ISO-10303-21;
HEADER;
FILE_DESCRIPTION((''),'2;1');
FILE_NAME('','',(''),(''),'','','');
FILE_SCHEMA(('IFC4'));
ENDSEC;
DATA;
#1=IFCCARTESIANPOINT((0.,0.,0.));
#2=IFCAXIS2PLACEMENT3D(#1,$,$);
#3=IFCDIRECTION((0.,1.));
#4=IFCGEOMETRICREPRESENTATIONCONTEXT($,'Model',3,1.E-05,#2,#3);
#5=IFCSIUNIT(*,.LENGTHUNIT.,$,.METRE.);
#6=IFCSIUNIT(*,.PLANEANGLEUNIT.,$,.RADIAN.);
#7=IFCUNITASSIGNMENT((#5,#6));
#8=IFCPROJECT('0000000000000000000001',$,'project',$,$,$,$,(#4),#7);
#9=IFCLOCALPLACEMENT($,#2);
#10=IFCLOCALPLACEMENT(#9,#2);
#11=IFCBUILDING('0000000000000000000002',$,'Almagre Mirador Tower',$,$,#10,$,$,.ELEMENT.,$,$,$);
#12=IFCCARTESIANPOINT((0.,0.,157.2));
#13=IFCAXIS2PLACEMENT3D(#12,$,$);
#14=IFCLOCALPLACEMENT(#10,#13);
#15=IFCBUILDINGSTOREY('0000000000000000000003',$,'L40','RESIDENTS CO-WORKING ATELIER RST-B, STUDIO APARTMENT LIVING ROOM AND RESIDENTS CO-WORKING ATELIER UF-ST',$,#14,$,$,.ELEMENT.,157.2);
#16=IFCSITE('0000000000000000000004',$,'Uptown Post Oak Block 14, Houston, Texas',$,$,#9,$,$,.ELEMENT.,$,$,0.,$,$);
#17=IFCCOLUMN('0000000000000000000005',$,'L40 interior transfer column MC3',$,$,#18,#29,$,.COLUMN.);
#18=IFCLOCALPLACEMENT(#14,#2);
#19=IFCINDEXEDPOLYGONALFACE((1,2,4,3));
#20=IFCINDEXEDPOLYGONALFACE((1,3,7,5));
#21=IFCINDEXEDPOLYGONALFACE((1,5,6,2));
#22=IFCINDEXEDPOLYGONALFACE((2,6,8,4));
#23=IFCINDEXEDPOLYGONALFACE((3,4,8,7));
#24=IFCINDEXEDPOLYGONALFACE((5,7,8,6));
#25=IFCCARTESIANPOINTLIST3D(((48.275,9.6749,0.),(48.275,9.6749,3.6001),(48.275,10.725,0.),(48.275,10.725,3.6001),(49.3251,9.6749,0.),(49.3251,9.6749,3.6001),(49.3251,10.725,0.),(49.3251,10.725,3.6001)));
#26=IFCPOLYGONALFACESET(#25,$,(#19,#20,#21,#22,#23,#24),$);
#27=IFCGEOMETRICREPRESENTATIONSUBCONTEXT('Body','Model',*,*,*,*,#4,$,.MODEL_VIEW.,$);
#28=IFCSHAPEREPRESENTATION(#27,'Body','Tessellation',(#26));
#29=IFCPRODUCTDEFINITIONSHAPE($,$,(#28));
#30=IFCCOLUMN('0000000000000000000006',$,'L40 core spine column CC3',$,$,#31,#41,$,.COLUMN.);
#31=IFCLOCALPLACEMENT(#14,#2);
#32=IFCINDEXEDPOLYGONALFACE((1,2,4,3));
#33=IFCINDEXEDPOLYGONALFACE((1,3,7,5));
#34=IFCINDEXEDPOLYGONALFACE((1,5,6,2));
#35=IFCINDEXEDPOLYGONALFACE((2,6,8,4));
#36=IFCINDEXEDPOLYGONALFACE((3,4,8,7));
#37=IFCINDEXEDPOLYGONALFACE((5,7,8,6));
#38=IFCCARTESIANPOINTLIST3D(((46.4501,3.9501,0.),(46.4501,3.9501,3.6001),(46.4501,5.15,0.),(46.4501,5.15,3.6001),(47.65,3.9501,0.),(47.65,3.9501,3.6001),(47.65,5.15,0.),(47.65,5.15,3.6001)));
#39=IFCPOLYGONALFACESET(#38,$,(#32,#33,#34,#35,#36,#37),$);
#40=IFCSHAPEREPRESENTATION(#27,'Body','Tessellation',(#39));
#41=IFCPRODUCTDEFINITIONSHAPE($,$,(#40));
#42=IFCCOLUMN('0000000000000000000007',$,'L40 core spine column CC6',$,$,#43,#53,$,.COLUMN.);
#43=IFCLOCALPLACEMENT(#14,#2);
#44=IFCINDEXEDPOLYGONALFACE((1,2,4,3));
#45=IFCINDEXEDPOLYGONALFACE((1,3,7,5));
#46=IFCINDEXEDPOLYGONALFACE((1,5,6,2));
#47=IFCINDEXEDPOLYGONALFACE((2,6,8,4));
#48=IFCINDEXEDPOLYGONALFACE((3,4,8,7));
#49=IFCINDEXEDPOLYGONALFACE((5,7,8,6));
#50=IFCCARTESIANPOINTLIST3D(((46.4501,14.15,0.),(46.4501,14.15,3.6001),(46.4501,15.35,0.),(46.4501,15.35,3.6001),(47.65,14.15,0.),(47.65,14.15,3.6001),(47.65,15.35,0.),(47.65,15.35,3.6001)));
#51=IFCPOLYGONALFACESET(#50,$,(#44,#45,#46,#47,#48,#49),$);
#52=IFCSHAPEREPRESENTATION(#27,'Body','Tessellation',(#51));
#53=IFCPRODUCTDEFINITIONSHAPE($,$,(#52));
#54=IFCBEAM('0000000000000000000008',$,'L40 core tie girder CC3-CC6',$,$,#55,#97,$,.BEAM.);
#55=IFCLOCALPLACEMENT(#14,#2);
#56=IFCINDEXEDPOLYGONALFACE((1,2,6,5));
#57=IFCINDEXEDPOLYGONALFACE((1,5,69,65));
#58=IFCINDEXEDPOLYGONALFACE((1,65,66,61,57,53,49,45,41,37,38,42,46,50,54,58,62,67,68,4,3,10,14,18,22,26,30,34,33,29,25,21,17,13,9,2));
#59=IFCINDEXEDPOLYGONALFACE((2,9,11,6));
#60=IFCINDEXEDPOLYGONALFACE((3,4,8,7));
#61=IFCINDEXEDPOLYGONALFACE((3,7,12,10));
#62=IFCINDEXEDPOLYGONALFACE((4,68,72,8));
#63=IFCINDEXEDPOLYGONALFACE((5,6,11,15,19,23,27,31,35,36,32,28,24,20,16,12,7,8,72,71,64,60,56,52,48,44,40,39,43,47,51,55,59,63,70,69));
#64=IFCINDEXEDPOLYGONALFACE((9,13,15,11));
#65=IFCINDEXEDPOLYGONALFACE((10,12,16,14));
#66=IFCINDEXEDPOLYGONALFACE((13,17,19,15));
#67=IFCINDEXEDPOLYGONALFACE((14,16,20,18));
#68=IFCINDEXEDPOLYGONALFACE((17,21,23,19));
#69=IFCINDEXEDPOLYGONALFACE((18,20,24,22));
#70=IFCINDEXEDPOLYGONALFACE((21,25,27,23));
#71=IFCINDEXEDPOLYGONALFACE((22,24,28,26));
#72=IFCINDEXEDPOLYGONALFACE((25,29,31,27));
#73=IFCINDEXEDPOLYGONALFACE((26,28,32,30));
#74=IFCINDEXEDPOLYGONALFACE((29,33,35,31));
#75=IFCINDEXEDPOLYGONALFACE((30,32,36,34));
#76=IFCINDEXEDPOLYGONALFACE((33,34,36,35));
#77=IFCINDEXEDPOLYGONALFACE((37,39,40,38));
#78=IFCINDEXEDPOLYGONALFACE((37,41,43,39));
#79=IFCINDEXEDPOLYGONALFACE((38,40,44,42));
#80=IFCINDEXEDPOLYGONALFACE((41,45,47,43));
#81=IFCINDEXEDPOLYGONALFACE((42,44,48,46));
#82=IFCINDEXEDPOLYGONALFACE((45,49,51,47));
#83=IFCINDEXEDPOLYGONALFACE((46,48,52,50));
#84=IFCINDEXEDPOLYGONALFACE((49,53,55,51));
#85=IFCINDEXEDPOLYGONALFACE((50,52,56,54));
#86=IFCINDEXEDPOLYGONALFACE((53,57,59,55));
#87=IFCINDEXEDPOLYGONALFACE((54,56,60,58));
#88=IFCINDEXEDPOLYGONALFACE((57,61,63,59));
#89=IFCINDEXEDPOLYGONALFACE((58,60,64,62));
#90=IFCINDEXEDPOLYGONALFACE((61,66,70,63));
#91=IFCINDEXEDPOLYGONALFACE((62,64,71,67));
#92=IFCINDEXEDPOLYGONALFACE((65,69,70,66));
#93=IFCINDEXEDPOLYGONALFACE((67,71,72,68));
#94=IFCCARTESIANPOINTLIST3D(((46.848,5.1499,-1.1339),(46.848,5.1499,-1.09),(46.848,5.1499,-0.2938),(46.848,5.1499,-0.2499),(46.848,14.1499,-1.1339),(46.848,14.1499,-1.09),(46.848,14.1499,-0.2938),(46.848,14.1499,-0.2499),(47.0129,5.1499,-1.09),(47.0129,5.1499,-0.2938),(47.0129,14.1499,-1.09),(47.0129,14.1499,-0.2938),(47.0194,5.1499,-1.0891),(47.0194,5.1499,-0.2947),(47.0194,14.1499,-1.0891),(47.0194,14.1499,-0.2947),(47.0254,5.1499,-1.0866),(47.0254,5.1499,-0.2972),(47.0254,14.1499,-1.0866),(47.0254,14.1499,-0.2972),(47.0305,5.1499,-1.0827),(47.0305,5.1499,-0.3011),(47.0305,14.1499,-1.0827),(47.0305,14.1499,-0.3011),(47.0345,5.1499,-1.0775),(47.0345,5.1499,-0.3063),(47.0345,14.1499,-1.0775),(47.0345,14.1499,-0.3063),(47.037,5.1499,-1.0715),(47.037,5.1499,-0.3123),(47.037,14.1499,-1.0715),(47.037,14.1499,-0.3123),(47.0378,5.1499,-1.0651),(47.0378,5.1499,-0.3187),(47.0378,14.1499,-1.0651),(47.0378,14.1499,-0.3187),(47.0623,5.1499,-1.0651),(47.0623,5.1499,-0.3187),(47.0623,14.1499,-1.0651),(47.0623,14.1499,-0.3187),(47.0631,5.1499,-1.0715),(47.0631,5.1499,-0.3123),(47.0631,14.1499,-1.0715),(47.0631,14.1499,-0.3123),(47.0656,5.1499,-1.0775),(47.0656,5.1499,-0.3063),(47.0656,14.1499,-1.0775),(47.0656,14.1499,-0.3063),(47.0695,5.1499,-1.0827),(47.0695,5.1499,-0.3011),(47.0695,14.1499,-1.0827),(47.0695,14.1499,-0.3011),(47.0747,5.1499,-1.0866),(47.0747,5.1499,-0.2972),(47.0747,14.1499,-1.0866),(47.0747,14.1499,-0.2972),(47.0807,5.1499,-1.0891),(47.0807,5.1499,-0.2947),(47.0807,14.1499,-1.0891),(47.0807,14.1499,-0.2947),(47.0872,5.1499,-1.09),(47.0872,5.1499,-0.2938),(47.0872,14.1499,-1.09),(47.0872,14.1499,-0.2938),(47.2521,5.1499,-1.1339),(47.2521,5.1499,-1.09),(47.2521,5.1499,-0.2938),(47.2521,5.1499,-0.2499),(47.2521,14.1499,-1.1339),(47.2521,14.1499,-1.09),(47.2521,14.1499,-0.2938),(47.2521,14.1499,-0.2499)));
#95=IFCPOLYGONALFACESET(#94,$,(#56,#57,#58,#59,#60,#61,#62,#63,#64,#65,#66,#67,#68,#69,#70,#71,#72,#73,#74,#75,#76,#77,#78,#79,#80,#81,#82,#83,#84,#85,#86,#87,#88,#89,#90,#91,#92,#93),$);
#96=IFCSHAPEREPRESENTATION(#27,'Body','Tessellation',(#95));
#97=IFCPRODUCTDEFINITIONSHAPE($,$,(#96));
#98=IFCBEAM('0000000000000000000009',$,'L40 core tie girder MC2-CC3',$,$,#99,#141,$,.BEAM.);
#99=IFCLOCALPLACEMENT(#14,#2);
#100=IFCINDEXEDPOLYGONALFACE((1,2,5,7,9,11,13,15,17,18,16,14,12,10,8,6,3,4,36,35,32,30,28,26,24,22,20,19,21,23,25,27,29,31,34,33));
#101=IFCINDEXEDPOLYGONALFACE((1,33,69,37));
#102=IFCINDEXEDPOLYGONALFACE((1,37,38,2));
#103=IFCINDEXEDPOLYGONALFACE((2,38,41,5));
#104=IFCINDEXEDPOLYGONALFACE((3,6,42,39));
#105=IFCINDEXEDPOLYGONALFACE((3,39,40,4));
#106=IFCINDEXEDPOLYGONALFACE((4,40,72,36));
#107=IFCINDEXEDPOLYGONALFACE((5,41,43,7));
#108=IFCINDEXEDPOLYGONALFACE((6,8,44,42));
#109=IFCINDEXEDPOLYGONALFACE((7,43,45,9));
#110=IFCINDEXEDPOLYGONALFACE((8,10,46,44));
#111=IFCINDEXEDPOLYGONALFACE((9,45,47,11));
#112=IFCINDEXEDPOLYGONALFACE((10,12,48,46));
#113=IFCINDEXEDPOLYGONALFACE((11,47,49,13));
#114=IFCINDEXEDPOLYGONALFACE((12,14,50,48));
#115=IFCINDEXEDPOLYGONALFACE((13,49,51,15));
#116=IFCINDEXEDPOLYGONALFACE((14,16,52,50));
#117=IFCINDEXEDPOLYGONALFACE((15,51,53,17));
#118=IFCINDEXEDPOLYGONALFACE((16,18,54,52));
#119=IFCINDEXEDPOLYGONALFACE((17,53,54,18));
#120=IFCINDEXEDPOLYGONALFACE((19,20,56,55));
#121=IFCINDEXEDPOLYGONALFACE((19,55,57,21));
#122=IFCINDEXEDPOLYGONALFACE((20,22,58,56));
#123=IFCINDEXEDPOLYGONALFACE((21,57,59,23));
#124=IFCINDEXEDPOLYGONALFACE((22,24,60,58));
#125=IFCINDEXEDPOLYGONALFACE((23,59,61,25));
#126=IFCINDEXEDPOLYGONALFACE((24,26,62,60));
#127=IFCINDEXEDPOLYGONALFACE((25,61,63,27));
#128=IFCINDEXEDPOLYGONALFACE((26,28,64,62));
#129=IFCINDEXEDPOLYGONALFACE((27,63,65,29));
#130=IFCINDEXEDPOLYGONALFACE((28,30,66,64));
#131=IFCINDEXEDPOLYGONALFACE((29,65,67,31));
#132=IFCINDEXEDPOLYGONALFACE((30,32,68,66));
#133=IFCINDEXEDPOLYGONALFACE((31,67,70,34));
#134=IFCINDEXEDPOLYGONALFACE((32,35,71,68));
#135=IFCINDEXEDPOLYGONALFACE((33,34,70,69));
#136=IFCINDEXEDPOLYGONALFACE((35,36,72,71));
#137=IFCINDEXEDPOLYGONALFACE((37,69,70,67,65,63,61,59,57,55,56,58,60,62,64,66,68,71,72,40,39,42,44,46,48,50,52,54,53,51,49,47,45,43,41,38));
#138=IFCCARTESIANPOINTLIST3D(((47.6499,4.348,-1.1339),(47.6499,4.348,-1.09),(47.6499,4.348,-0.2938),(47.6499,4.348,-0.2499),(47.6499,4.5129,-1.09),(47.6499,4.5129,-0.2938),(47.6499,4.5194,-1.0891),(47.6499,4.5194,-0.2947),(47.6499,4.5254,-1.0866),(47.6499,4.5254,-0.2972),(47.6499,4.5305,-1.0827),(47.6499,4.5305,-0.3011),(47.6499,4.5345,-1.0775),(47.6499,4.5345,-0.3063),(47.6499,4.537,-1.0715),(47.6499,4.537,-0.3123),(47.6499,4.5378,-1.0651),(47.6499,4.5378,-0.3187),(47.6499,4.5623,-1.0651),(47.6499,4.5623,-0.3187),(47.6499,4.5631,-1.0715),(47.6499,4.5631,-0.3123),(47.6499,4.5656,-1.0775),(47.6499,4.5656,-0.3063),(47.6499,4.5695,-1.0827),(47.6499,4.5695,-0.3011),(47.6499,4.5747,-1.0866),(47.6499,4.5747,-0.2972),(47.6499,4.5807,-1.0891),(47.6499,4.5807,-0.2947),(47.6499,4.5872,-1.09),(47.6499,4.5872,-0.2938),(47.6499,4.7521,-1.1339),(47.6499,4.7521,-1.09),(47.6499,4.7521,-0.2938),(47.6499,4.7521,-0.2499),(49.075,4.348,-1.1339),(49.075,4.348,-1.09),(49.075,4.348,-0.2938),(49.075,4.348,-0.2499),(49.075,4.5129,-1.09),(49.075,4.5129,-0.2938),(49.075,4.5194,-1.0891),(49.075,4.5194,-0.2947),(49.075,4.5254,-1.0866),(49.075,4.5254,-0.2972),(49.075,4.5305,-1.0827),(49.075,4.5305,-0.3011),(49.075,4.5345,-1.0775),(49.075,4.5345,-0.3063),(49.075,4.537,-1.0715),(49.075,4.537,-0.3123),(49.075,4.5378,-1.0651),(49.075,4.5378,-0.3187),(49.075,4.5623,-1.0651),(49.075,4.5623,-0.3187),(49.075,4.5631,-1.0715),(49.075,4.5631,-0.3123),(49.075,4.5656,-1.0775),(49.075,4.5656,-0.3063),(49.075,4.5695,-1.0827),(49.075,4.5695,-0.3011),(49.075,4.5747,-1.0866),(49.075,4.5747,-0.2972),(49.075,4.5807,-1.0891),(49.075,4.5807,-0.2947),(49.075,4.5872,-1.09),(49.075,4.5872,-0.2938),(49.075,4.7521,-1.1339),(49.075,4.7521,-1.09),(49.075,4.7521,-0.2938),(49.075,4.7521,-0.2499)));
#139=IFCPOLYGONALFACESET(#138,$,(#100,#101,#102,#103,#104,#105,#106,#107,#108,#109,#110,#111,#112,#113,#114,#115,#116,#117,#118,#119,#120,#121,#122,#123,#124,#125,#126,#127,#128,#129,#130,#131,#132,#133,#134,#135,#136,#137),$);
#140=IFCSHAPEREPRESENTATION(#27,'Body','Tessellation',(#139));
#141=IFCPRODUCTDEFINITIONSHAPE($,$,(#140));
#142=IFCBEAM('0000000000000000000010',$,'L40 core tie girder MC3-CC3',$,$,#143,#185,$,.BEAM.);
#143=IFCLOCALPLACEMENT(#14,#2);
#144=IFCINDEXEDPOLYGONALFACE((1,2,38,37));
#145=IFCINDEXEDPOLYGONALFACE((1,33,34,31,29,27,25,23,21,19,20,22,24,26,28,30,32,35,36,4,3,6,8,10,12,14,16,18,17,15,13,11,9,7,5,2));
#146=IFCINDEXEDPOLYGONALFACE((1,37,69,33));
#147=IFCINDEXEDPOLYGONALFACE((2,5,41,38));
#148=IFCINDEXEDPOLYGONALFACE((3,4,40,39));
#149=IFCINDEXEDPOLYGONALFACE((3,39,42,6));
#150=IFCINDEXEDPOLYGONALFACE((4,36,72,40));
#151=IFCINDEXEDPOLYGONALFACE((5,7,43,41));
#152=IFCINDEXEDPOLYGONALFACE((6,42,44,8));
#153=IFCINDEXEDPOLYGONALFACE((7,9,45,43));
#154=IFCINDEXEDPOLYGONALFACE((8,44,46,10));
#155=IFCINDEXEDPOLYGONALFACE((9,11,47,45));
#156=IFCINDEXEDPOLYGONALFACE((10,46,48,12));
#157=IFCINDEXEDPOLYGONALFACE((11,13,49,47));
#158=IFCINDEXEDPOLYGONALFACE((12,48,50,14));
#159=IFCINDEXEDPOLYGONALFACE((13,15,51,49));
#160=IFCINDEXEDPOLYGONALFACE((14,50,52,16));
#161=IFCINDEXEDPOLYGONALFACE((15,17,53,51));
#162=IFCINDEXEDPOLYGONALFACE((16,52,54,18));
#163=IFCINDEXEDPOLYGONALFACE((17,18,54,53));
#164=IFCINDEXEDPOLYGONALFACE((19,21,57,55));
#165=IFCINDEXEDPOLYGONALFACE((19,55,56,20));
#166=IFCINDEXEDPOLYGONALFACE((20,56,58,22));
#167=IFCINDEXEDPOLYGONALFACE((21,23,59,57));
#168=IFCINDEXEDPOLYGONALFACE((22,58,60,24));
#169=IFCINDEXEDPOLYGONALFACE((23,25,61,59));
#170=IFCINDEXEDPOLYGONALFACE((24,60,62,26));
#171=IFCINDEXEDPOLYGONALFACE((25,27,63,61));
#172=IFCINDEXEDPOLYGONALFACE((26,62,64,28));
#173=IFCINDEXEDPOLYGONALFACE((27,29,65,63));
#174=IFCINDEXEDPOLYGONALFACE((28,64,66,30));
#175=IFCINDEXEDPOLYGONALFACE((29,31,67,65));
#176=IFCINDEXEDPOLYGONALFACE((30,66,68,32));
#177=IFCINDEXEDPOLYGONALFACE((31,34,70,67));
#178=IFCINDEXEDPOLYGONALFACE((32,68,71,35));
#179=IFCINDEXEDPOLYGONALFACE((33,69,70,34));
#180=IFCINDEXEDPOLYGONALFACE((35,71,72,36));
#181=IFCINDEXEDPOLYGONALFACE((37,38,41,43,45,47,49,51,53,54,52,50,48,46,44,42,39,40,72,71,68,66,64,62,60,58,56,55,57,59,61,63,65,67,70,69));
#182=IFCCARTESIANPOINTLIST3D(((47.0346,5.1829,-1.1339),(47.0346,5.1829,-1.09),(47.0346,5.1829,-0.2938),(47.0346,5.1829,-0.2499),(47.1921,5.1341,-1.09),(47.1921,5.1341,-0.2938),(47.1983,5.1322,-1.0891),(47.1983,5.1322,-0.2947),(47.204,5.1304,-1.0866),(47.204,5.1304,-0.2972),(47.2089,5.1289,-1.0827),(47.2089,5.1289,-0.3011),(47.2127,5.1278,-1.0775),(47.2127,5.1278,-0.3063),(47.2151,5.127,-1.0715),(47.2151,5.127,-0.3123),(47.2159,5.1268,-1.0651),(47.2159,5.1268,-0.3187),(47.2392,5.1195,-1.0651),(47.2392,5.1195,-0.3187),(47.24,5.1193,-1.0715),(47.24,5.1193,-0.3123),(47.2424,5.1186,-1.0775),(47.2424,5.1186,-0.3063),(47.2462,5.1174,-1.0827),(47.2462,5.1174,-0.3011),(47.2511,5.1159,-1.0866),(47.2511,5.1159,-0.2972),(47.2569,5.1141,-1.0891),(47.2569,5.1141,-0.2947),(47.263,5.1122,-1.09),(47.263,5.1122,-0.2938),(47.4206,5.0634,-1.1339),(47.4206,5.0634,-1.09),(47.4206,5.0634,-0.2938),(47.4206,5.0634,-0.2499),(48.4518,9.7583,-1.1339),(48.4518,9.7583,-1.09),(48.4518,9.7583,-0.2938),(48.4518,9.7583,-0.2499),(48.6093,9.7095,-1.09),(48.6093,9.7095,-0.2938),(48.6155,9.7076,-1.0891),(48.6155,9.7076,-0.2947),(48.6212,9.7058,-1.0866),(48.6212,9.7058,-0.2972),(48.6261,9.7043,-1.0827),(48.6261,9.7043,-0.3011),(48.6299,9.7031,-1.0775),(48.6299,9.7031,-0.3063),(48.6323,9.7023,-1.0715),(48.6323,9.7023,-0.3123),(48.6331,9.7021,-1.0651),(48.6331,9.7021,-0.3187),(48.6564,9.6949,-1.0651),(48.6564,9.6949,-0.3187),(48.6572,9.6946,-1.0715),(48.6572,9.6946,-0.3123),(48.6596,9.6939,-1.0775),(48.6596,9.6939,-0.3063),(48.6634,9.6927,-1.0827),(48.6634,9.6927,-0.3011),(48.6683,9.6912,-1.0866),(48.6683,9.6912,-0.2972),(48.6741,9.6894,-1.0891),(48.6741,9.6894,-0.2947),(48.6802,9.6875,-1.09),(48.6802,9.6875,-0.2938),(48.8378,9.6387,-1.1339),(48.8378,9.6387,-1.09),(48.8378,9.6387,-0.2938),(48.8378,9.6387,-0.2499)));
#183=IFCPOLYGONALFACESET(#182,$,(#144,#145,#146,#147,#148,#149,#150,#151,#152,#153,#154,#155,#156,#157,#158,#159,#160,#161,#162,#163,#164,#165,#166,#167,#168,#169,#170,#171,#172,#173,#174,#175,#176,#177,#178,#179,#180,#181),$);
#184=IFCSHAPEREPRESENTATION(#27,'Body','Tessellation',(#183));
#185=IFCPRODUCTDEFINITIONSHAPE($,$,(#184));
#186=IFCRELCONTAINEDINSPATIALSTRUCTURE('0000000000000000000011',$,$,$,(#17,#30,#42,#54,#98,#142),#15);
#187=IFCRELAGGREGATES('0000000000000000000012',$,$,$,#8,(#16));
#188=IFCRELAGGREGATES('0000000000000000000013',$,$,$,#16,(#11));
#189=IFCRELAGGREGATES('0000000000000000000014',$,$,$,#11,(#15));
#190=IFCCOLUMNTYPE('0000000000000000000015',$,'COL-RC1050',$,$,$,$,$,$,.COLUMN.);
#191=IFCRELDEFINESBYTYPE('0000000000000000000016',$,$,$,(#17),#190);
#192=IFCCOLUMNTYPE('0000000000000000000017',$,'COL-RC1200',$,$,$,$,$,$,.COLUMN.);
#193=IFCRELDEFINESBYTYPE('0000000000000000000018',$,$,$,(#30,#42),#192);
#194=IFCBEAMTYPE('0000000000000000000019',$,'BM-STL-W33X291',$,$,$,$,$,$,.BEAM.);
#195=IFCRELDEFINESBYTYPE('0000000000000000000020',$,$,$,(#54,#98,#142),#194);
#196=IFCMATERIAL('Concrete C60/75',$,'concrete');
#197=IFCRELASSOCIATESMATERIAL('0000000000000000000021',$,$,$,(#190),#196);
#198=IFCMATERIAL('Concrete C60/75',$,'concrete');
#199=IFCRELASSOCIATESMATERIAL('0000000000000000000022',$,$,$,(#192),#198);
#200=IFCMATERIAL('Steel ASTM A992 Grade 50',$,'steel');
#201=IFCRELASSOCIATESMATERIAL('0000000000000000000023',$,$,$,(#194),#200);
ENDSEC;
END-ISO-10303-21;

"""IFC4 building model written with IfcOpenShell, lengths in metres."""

from ifc_helpers import new_model, si_unit, direction, frame, origin, origin_2d, place, context, subcontext, project, spatial, rectangle, i_section, extrude, material, material_profile, profile_set, type_object, element, save


model = new_model("IFC4")

# Units and contexts
model_context = context("Model", 3, precision=1e-05, world=origin(), true_north=direction((0.0, 1.0)))
body_context = subcontext(model_context, "Body", "Model", "MODEL_VIEW")
ifc_project = project(units=[si_unit("LENGTHUNIT", "METRE"), si_unit("PLANEANGLEUNIT", "RADIAN")], contexts=[model_context])

# Site, building, storey
site_placement = place(None, origin())
site = spatial("IfcSite", under=ifc_project, at=site_placement, Name="Uptown Post Oak Block 14, Houston, Texas", CompositionType="ELEMENT", RefElevation=0.0)
building_placement = place(site_placement, origin())
building = spatial("IfcBuilding", under=site, at=building_placement, Name="Almagre Mirador Tower", CompositionType="ELEMENT")
storey_placement = place(building_placement, frame((0.0, 0.0, 157.2)))
storey = spatial("IfcBuildingStorey", under=building, at=storey_placement, Name="L40", Description="RESIDENTS CO-WORKING ATELIER RST-B, STUDIO APARTMENT LIVING ROOM AND RESIDENTS CO-WORKING ATELIER UF-ST", CompositionType="ELEMENT", Elevation=157.2)

# Columns
ifc_material_1 = material(Name="Concrete C60/75", Category="concrete")
ifc_material_profile_1 = material_profile(ifc_material_1, rectangle(XDim=1.05, YDim=1.05, at=origin_2d()), Name="RC1050X1050")
ifc_profile_set_1 = profile_set([ifc_material_profile_1], Name="Concrete C60/75")
column_type_1 = type_object("IfcColumnType", Name="COL-RC1050", PredefinedType="COLUMN", material=ifc_profile_set_1)
column_placement = place(storey_placement, frame((48.8, 10.2, 0.0), z_axis=(0.0, 0.0, 1.0), x_axis=(1.0, 0.0, 0.0)))
element("IfcColumn", 1, at=column_placement, inside=storey, type_object=column_type_1, Name="L40 interior transfer column MC3", PredefinedType="COLUMN", context=body_context, shape_type="SweptSolid", body=[
    extrude(rectangle(XDim=1.05, YDim=1.05, at=origin_2d()), origin(), (0.0, 0.0, 1.0), 3.6001),
])
ifc_material_2 = material(Name="Concrete C60/75", Category="concrete")
ifc_material_profile_2 = material_profile(ifc_material_2, rectangle(XDim=1.2, YDim=1.2, at=origin_2d()), Name="RC1200X1200")
ifc_profile_set_2 = profile_set([ifc_material_profile_2], Name="Concrete C60/75")
column_type_2 = type_object("IfcColumnType", Name="COL-RC1200", PredefinedType="COLUMN", material=ifc_profile_set_2)
for number, where, z_axis, x_axis, name in (
    (2, (47.05, 4.55, 0.0), (0.0, 0.0, 1.0), (1.0, 0.0, 0.0), "L40 core spine column CC3"),
    (3, (47.05, 14.75, 0.0), (0.0, 0.0, 1.0), (1.0, 0.0, 0.0), "L40 core spine column CC6"),
):
    element("IfcColumn", number, at=place(storey_placement, frame(where, z_axis=z_axis, x_axis=x_axis)), inside=storey, type_object=column_type_2, Name=name, PredefinedType="COLUMN", context=body_context, shape_type="SweptSolid", body=[
        extrude(rectangle(XDim=1.2, YDim=1.2, at=origin_2d()), origin(), (0.0, 0.0, 1.0), 3.6001),
    ])

# Beams
ifc_material_3 = material(Name="Steel ASTM A992 Grade 50", Category="steel")
ifc_material_profile_3 = material_profile(ifc_material_3, i_section(OverallWidth=0.4041, OverallDepth=0.884, WebThickness=0.0244, FlangeThickness=0.0439, FilletRadius=0.0249, at=origin_2d()), Name="W33X291")
ifc_profile_set_3 = profile_set([ifc_material_profile_3], Name="Steel ASTM A992 Grade 50")
beam_type = type_object("IfcBeamType", Name="BM-STL-W33X291", PredefinedType="BEAM", material=ifc_profile_set_3)
beam_1_placement = place(storey_placement, frame((47.05, 5.1499, -0.6919), z_axis=(0.0, 1.0, 0.0), x_axis=(-1.0, 0.0, 0.0)))
element("IfcBeam", 4, at=beam_1_placement, inside=storey, type_object=beam_type, Name="L40 core tie girder CC3-CC6", PredefinedType="BEAM", context=body_context, shape_type="SweptSolid", body=[
    extrude(i_section(OverallWidth=0.4041, OverallDepth=0.884, WebThickness=0.0244, FlangeThickness=0.0439, FilletRadius=0.0249, at=origin_2d()), origin(), (0.0, 0.0, 1.0), 9.0),
])
beam_2_placement = place(storey_placement, frame((49.075, 4.55, -0.6919), z_axis=(-1.0, 0.0, 0.0), x_axis=(0.0, -1.0, 0.0)))
element("IfcBeam", 5, at=beam_2_placement, inside=storey, type_object=beam_type, Name="L40 core tie girder MC2-CC3", PredefinedType="BEAM", context=body_context, shape_type="SweptSolid", body=[
    extrude(i_section(OverallWidth=0.4041, OverallDepth=0.884, WebThickness=0.0244, FlangeThickness=0.0439, FilletRadius=0.0249, at=origin_2d()), origin(), (0.0, 0.0, 1.0), 1.425),
])
beam_3_placement = place(storey_placement, frame((48.6448, 9.6985, -0.6919), z_axis=(-0.29588, -0.955225, 0.0), x_axis=(0.955225, -0.29588, 0.0)))
element("IfcBeam", 6, at=beam_3_placement, inside=storey, type_object=beam_type, Name="L40 core tie girder MC3-CC3", PredefinedType="BEAM", context=body_context, shape_type="SweptSolid", body=[
    extrude(i_section(OverallWidth=0.4041, OverallDepth=0.884, WebThickness=0.0244, FlangeThickness=0.0439, FilletRadius=0.0249, at=origin_2d()), origin(), (0.0, 0.0, 1.0), 4.7898),
])

save(model, "model.ifc")
